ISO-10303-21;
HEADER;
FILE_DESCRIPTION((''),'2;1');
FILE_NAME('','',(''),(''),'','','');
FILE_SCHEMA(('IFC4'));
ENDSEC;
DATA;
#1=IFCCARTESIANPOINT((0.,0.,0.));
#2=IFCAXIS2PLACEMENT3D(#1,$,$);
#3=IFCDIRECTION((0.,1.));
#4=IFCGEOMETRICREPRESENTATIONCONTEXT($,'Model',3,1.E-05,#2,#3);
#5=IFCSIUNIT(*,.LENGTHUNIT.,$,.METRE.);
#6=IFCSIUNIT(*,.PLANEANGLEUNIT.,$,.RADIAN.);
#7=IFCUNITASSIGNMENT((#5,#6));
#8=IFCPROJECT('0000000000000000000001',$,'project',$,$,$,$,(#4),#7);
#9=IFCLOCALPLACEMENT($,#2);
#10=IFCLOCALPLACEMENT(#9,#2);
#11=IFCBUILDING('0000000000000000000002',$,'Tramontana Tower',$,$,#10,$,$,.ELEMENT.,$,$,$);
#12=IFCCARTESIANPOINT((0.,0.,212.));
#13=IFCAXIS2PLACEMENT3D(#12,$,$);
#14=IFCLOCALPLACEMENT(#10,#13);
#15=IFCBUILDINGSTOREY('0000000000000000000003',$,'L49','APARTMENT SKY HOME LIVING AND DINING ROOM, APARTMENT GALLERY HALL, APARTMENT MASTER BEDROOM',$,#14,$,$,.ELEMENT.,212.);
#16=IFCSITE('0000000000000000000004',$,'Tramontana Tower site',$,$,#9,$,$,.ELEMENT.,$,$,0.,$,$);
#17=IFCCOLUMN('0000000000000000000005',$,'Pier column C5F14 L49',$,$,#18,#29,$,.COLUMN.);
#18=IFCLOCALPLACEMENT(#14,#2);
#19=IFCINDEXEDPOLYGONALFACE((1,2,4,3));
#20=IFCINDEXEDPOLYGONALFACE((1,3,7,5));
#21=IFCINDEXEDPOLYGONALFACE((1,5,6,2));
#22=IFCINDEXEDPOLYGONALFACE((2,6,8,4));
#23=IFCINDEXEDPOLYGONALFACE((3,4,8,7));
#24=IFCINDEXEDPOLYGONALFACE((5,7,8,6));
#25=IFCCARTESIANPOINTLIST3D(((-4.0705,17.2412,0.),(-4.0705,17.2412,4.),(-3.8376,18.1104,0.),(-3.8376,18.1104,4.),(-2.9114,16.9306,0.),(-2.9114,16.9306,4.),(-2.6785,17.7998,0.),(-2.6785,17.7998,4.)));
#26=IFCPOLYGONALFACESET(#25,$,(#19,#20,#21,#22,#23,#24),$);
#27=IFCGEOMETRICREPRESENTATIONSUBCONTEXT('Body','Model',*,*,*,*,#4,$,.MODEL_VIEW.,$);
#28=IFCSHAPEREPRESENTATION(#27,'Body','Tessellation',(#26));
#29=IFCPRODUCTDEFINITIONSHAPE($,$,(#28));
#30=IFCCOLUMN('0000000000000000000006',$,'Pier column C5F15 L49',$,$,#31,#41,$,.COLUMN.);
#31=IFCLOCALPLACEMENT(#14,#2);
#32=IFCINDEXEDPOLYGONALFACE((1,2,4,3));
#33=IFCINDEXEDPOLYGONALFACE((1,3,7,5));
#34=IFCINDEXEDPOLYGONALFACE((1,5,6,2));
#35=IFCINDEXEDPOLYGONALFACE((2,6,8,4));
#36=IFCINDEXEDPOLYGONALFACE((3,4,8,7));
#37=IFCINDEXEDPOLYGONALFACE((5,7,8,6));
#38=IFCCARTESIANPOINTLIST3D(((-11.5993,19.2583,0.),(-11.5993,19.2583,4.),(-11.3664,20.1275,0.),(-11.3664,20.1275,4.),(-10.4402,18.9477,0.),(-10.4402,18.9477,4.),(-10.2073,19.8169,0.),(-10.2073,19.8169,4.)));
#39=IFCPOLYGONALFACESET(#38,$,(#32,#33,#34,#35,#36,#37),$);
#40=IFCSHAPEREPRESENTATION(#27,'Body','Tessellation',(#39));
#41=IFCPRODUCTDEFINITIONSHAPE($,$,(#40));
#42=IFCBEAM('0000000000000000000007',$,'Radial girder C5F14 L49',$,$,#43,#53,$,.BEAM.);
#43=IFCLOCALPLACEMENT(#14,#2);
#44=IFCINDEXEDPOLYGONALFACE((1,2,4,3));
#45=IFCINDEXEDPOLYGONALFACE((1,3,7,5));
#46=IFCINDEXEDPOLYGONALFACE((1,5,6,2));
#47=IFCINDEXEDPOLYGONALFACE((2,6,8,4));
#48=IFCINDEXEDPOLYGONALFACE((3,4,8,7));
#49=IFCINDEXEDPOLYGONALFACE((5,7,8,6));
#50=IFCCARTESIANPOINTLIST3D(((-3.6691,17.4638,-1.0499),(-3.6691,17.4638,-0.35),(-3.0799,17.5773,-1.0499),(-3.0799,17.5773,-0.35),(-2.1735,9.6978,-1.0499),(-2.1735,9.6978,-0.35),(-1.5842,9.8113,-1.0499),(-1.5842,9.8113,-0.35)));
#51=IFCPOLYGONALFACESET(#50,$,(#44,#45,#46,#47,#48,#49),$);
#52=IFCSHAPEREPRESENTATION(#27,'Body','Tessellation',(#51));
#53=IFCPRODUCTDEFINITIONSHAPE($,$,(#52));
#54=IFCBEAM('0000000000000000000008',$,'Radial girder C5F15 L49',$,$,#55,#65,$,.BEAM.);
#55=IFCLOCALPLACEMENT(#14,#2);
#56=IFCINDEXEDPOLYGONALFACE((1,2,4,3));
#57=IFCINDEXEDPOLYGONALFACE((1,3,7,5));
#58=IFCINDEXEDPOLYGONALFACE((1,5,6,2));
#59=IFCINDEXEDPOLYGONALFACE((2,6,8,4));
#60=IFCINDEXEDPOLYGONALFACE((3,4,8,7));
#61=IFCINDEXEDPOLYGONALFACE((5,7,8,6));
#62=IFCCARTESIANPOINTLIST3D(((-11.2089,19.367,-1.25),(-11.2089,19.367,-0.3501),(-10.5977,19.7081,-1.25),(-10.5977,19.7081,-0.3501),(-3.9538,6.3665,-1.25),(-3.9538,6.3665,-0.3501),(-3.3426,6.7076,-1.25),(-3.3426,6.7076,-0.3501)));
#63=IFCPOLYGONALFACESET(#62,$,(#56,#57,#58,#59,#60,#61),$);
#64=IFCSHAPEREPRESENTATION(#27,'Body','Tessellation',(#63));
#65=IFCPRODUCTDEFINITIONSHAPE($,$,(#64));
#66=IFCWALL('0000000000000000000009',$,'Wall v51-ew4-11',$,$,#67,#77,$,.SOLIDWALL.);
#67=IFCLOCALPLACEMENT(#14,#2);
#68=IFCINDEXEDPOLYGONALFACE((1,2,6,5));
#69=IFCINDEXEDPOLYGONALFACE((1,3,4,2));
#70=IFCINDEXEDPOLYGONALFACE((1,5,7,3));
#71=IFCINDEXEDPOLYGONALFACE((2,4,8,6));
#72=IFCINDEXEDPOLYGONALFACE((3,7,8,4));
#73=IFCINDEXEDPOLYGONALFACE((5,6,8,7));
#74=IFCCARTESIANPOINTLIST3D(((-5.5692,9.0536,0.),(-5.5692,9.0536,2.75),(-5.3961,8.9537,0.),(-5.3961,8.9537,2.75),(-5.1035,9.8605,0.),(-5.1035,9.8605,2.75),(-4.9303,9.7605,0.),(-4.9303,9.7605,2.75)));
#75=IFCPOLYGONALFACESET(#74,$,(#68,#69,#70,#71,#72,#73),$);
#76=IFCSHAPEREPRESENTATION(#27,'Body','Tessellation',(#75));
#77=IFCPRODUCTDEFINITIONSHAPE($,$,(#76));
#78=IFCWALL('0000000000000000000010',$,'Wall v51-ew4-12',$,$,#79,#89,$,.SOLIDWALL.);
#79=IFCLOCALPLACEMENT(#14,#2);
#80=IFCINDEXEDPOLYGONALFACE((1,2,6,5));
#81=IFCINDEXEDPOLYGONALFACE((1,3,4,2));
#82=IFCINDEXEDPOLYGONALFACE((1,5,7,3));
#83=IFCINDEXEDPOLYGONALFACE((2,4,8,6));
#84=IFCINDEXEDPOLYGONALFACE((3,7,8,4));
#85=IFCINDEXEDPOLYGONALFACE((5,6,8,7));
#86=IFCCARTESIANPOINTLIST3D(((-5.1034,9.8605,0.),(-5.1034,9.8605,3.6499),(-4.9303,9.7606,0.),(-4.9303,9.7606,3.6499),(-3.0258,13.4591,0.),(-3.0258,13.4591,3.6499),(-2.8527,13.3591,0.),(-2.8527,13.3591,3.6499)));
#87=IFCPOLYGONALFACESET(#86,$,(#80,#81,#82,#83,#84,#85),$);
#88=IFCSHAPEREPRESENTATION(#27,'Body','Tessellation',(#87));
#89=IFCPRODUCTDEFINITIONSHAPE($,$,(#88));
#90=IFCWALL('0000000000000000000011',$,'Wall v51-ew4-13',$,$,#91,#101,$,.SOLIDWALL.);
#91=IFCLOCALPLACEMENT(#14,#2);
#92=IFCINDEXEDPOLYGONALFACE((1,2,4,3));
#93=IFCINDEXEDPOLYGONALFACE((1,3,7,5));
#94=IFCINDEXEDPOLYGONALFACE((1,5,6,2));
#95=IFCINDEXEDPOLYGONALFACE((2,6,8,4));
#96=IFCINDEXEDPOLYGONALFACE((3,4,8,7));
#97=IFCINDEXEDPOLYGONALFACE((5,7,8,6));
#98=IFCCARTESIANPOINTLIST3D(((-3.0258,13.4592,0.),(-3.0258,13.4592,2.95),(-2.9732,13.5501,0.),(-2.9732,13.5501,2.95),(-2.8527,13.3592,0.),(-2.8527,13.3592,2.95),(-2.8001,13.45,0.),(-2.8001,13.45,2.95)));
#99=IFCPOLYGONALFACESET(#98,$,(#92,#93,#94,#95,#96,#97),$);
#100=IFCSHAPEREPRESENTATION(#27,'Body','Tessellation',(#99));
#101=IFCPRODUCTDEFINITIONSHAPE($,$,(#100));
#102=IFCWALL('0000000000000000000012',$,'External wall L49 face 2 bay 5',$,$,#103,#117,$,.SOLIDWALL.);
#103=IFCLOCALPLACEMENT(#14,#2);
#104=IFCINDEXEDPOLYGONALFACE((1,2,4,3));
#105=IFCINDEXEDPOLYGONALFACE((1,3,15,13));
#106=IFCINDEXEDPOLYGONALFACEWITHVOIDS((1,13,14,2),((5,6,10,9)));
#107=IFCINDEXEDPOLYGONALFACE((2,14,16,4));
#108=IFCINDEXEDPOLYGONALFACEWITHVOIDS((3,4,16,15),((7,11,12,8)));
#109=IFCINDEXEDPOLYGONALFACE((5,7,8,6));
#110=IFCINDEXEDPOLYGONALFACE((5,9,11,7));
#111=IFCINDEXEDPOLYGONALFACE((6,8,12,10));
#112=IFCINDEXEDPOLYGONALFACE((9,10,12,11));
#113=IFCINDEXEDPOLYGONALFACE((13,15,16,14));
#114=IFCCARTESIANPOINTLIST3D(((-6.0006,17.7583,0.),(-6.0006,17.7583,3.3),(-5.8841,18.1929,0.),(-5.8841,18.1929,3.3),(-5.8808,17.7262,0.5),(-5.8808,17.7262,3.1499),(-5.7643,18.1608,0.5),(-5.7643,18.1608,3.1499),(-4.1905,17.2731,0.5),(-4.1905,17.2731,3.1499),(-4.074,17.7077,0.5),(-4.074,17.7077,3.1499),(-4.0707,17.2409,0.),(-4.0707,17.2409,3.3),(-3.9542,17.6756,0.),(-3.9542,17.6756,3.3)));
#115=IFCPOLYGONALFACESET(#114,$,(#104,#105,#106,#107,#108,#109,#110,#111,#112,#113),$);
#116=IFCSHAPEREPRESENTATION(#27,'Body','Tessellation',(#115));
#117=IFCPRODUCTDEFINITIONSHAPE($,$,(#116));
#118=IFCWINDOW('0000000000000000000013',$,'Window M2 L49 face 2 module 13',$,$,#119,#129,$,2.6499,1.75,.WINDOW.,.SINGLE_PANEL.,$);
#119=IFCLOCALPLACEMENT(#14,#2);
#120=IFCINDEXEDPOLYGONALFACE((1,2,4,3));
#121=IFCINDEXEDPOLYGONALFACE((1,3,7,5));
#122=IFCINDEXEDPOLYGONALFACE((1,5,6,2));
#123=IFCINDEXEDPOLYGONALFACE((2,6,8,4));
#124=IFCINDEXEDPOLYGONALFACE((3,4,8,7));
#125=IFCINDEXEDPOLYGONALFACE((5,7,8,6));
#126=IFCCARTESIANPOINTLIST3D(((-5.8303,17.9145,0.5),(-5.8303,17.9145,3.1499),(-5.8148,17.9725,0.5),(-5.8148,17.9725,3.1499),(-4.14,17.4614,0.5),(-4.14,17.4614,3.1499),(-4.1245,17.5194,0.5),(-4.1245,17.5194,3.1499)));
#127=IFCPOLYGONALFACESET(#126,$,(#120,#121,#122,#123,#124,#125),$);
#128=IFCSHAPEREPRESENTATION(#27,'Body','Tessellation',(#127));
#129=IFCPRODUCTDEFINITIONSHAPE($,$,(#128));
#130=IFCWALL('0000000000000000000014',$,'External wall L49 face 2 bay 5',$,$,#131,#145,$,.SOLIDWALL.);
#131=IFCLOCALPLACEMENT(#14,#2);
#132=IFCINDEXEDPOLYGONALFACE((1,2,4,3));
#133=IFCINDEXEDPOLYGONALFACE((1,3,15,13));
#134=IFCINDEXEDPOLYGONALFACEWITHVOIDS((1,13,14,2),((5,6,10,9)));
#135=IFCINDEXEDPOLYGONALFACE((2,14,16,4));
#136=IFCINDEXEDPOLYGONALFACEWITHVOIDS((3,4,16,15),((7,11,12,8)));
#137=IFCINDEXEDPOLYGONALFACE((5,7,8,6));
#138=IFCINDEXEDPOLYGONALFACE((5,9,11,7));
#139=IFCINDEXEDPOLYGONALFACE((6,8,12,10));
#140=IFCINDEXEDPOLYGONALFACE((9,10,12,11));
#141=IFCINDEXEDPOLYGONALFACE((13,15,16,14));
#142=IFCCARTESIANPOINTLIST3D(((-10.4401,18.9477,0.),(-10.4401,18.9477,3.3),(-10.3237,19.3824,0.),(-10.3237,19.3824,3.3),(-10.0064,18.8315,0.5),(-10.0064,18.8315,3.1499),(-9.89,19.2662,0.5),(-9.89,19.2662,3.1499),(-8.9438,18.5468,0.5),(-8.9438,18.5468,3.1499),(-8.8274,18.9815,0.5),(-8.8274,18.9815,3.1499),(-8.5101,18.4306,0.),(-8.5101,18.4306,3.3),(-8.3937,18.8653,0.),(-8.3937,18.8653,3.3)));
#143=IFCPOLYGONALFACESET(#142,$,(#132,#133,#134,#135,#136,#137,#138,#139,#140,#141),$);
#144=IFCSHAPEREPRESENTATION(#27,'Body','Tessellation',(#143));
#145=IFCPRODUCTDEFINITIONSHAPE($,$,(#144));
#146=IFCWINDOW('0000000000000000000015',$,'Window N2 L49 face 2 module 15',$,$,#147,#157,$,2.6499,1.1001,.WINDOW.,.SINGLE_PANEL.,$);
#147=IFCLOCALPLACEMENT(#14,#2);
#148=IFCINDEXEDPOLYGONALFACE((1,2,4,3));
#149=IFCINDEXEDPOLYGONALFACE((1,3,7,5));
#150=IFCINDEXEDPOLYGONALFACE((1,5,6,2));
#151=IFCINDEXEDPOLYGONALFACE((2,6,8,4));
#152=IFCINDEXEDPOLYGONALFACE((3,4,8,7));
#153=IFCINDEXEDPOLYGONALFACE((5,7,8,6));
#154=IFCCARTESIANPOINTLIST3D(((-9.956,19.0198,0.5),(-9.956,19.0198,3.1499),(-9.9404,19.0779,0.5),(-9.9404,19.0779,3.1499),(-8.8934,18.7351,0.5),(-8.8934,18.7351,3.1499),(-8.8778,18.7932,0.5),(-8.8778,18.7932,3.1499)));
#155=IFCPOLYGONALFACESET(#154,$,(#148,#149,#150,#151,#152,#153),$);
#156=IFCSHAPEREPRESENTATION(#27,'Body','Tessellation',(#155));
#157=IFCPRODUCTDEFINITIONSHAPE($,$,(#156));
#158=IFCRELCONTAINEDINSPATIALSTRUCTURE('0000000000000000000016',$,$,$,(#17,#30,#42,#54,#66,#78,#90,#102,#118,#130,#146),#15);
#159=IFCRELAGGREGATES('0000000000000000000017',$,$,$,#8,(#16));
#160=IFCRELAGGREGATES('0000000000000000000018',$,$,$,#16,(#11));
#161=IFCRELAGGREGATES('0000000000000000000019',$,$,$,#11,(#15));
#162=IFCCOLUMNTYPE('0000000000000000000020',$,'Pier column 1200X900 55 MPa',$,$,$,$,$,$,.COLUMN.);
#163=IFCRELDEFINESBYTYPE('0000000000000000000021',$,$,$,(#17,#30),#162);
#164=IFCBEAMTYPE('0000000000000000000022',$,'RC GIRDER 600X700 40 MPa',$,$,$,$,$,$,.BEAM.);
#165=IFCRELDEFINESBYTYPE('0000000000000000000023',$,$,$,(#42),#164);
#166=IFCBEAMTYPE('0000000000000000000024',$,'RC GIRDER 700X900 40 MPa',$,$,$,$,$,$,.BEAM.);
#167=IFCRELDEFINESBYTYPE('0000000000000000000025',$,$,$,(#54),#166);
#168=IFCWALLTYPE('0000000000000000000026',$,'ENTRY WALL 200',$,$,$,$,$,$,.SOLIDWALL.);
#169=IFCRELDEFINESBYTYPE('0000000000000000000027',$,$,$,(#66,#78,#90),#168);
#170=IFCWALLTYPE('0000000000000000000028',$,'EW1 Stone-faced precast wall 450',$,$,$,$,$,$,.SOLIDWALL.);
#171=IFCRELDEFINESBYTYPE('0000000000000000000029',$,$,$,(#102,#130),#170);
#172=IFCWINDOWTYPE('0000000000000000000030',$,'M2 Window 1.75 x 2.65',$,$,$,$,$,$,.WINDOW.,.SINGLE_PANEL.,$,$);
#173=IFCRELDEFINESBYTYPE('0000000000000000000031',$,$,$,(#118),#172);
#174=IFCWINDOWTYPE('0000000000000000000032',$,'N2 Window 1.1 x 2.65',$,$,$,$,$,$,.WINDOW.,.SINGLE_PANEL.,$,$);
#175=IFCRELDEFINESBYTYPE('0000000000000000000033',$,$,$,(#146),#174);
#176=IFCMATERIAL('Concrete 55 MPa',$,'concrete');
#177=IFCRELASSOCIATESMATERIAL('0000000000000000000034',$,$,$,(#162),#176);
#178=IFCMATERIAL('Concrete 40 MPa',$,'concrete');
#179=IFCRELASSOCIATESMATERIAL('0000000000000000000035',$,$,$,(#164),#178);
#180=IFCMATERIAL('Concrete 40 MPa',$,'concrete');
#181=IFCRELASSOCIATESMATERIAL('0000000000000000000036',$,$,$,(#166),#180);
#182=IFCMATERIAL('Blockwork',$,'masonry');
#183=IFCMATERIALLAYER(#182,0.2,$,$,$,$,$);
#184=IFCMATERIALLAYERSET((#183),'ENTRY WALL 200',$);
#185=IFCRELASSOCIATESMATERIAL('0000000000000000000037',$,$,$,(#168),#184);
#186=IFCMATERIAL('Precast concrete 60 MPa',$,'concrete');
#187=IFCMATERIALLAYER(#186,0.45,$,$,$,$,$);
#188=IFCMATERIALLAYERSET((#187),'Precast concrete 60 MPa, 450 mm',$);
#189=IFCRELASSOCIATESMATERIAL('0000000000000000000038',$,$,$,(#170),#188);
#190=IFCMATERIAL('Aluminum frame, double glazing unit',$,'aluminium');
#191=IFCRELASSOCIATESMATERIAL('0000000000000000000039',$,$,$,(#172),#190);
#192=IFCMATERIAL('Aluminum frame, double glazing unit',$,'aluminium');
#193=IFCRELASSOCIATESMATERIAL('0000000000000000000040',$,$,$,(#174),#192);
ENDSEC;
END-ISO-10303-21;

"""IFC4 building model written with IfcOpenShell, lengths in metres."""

from ifc_helpers import new_model, si_unit, direction, frame, frame_2d, origin, origin_2d, place, context, subcontext, project, spatial, rectangle, extrude, material, layer, layer_set, material_profile, profile_set, type_object, element, fill, save


model = new_model("IFC4")

# Units and contexts
model_context = context("Model", 3, precision=1e-05, world=origin(), true_north=direction((0.0, 1.0)))
body_context = subcontext(model_context, "Body", "Model", "MODEL_VIEW")
ifc_project = project(units=[si_unit("LENGTHUNIT", "METRE"), si_unit("PLANEANGLEUNIT", "RADIAN")], contexts=[model_context])

# Site, building, storey
site_placement = place(None, origin())
site = spatial("IfcSite", under=ifc_project, at=site_placement, Name="Tramontana Tower site", CompositionType="ELEMENT", RefElevation=0.0)
building_placement = place(site_placement, origin())
building = spatial("IfcBuilding", under=site, at=building_placement, Name="Tramontana Tower", CompositionType="ELEMENT")
storey_placement = place(building_placement, frame((0.0, 0.0, 212.0)))
storey = spatial("IfcBuildingStorey", under=building, at=storey_placement, Name="L49", Description="APARTMENT SKY HOME LIVING AND DINING ROOM, APARTMENT GALLERY HALL, APARTMENT MASTER BEDROOM", CompositionType="ELEMENT", Elevation=212.0)

# Columns
ifc_material_1 = material(Name="Concrete 55 MPa", Category="concrete")
ifc_material_profile_1 = material_profile(ifc_material_1, rectangle(XDim=1.2, YDim=0.8999, at=origin_2d()), Name="Pier column 1200X900 55 MPa")
ifc_profile_set_1 = profile_set([ifc_material_profile_1], Name="Concrete 55 MPa")
column_type = type_object("IfcColumnType", Name="Pier column 1200X900 55 MPa", PredefinedType="COLUMN", material=ifc_profile_set_1)
for number, where, z_axis, x_axis, name in (
    (1, (-3.3745, 17.5205, 0.0), (0.0, 0.0, 1.0), (-0.965926, 0.258819, 0.0), "Pier column C5F14 L49"),
    (2, (-10.9033, 19.5376, 0.0), (0.0, 0.0, 1.0), (-0.965926, 0.258819, 0.0), "Pier column C5F15 L49"),
):
    element("IfcColumn", number, at=place(storey_placement, frame(where, z_axis=z_axis, x_axis=x_axis)), inside=storey, type_object=column_type, Name=name, PredefinedType="COLUMN", context=body_context, shape_type="SweptSolid", body=[
        extrude(rectangle(XDim=1.2, YDim=0.8999, at=origin_2d()), origin(), (0.0, 0.0, 1.0), 4.0),
    ])

# Beams
ifc_material_2 = material(Name="Concrete 40 MPa", Category="concrete")
ifc_material_profile_2 = material_profile(ifc_material_2, rectangle(XDim=0.6001, YDim=0.7, at=origin_2d()), Name="RC GIRDER 600X700 40 MPa")
ifc_profile_set_2 = profile_set([ifc_material_profile_2], Name="Concrete 40 MPa")
beam_type_1 = type_object("IfcBeamType", Name="RC GIRDER 600X700 40 MPa", PredefinedType="BEAM", material=ifc_profile_set_2)
beam_1_placement = place(storey_placement, frame((-3.3745, 17.5205, -0.7), z_axis=(0.189112, -0.981956, 0.0), x_axis=(0.981956, 0.189112, 0.0)))
element("IfcBeam", 3, at=beam_1_placement, inside=storey, type_object=beam_type_1, Name="Radial girder C5F14 L49", PredefinedType="BEAM", context=body_context, shape_type="SweptSolid", body=[
    extrude(rectangle(XDim=0.6001, YDim=0.7, at=origin_2d()), origin(), (0.0, 0.0, 1.0), 7.9087),
])
ifc_material_3 = material(Name="Concrete 40 MPa", Category="concrete")
ifc_material_profile_3 = material_profile(ifc_material_3, rectangle(XDim=0.7, YDim=0.8999, at=origin_2d()), Name="RC GIRDER 700X900 40 MPa")
ifc_profile_set_3 = profile_set([ifc_material_profile_3], Name="Concrete 40 MPa")
beam_type_2 = type_object("IfcBeamType", Name="RC GIRDER 700X900 40 MPa", PredefinedType="BEAM", material=ifc_profile_set_3)
beam_2_placement = place(storey_placement, frame((-10.9033, 19.5376, -0.8), z_axis=(0.487317, -0.873225, 0.0), x_axis=(0.873225, 0.487317, 0.0)))
element("IfcBeam", 4, at=beam_2_placement, inside=storey, type_object=beam_type_2, Name="Radial girder C5F15 L49", PredefinedType="BEAM", context=body_context, shape_type="SweptSolid", body=[
    extrude(rectangle(XDim=0.7, YDim=0.8999, at=origin_2d()), origin(), (0.0, 0.0, 1.0), 14.8879),
])

# Walls
ifc_material_4 = material(Name="Blockwork", Category="masonry")
ifc_layer_1 = layer(ifc_material_4, 0.2)
ifc_layer_set_1 = layer_set([ifc_layer_1], Name="ENTRY WALL 200")
wall_type_1 = type_object("IfcWallType", Name="ENTRY WALL 200", PredefinedType="SOLIDWALL", material=ifc_layer_set_1)
wall_1_placement = place(storey_placement, frame((-5.4827, 9.0037, 0.0), z_axis=(0.0, 0.0, 1.0), x_axis=(0.499972, 0.866042, 0.0)))
element("IfcWall", 5, at=wall_1_placement, inside=storey, type_object=wall_type_1, Name="Wall v51-ew4-11", PredefinedType="SOLIDWALL", context=body_context, shape_type="SweptSolid", body=[
    extrude(rectangle(XDim=0.9316, YDim=0.2, at=frame_2d((0.4658, 0.0))), origin(), (0.0, 0.0, 1.0), 2.75),
])
wall_2_placement = place(storey_placement, frame((-5.0168, 9.8105, 0.0), z_axis=(0.0, 0.0, 1.0), x_axis=(0.499994, 0.866029, 0.0)))
element("IfcWall", 6, at=wall_2_placement, inside=storey, type_object=wall_type_1, Name="Wall v51-ew4-12", PredefinedType="SOLIDWALL", context=body_context, shape_type="SweptSolid", body=[
    extrude(rectangle(XDim=4.1553, YDim=0.2, at=frame_2d((2.0776, 0.0))), origin(), (0.0, 0.0, 1.0), 3.6499),
])
wall_3_placement = place(storey_placement, frame((-2.9392, 13.4092, 0.0), z_axis=(0.0, 0.0, 1.0), x_axis=(0.500394, 0.865798, 0.0)))
element("IfcWall", 7, at=wall_3_placement, inside=storey, type_object=wall_type_1, Name="Wall v51-ew4-13", PredefinedType="SOLIDWALL", context=body_context, shape_type="SweptSolid", body=[
    extrude(rectangle(XDim=0.105, YDim=0.2, at=frame_2d((0.0525, 0.0))), origin(), (0.0, 0.0, 1.0), 2.95),
])

# Walls, openings, windows
ifc_material_5 = material(Name="Precast concrete 60 MPa", Category="concrete")
ifc_layer_2 = layer(ifc_material_5, 0.45)
ifc_layer_set_2 = layer_set([ifc_layer_2], Name="Precast concrete 60 MPa, 450 mm")
wall_type_2 = type_object("IfcWallType", Name="EW1 Stone-faced precast wall 450", PredefinedType="SOLIDWALL", material=ifc_layer_set_2)
wall_4_placement = place(storey_placement, frame((-4.0125, 17.4583, 0.0), z_axis=(0.0, 0.0, 1.0), x_axis=(-0.9659, 0.258917, 0.0)))
wall_4 = element("IfcWall", 8, at=wall_4_placement, inside=storey, type_object=wall_type_2, Name="External wall L49 face 2 bay 5", PredefinedType="SOLIDWALL", context=body_context, shape_type="SweptSolid", body=[
    extrude(rectangle(XDim=1.998, YDim=0.45, at=frame_2d((0.999, 0.0))), origin(), (0.0, 0.0, 1.0), 3.3),
])
opening_1_placement = place(wall_4_placement, frame((0.124, 0.0, 0.5)))
opening_1 = element("IfcOpeningElement", 9, at=opening_1_placement, cuts=wall_4, PredefinedType="OPENING", context=body_context, shape_type="SweptSolid", body=[
    extrude(rectangle(XDim=1.75, YDim=2.6499, at=frame_2d((0.875, 1.325))), frame((0.0, 0.2349, 0.0), z_axis=(0.0, -1.0, 0.0), x_axis=(1.0, 0.0, 0.0)), (0.0, 0.0, 1.0), 0.47),
])
ifc_material_6 = material(Name="Aluminum frame, double glazing unit", Category="aluminium")
window_type_1 = type_object("IfcWindowType", Name="M2 Window 1.75 x 2.65", PartitioningType="SINGLE_PANEL", PredefinedType="WINDOW", material=ifc_material_6)
window_1_placement = place(opening_1_placement, origin())
window_1 = element("IfcWindow", 10, at=window_1_placement, inside=storey, type_object=window_type_1, Name="Window M2 L49 face 2 module 13", OverallHeight=2.6499, OverallWidth=1.75, PartitioningType="SINGLE_PANEL", PredefinedType="WINDOW", context=body_context, shape_type="SweptSolid", body=[
    extrude(rectangle(XDim=1.75, YDim=2.6499, at=frame_2d((0.875, 1.325))), frame((0.0, 0.03, 0.0), z_axis=(0.0, -1.0, 0.0), x_axis=(1.0, 0.0, 0.0)), (0.0, 0.0, 1.0), 0.0601),
])
fill(opening_1, window_1)
wall_5_placement = place(storey_placement, frame((-8.4519, 18.6479, 0.0), z_axis=(0.0, 0.0, 1.0), x_axis=(-0.96593, 0.258803, 0.0)))
wall_5 = element("IfcWall", 11, at=wall_5_placement, inside=storey, type_object=wall_type_2, Name="External wall L49 face 2 bay 5", PredefinedType="SOLIDWALL", context=body_context, shape_type="SweptSolid", body=[
    extrude(rectangle(XDim=1.998, YDim=0.45, at=frame_2d((0.999, 0.0))), origin(), (0.0, 0.0, 1.0), 3.3),
])
opening_2_placement = place(wall_5_placement, frame((0.449, 0.0, 0.5)))
opening_2 = element("IfcOpeningElement", 12, at=opening_2_placement, cuts=wall_5, PredefinedType="OPENING", context=body_context, shape_type="SweptSolid", body=[
    extrude(rectangle(XDim=1.1001, YDim=2.6499, at=frame_2d((0.55, 1.325))), frame((0.0, 0.2349, 0.0), z_axis=(0.0, -1.0, 0.0), x_axis=(1.0, 0.0, 0.0)), (0.0, 0.0, 1.0), 0.47),
])
ifc_material_7 = material(Name="Aluminum frame, double glazing unit", Category="aluminium")
window_type_2 = type_object("IfcWindowType", Name="N2 Window 1.1 x 2.65", PartitioningType="SINGLE_PANEL", PredefinedType="WINDOW", material=ifc_material_7)
window_2_placement = place(opening_2_placement, origin())
window_2 = element("IfcWindow", 13, at=window_2_placement, inside=storey, type_object=window_type_2, Name="Window N2 L49 face 2 module 15", OverallHeight=2.6499, OverallWidth=1.1001, PartitioningType="SINGLE_PANEL", PredefinedType="WINDOW", context=body_context, shape_type="SweptSolid", body=[
    extrude(rectangle(XDim=1.1001, YDim=2.6499, at=frame_2d((0.55, 1.325))), frame((0.0, 0.03, 0.0), z_axis=(0.0, -1.0, 0.0), x_axis=(1.0, 0.0, 0.0)), (0.0, 0.0, 1.0), 0.0601),
])
fill(opening_2, window_2)

save(model, "model.ifc")
